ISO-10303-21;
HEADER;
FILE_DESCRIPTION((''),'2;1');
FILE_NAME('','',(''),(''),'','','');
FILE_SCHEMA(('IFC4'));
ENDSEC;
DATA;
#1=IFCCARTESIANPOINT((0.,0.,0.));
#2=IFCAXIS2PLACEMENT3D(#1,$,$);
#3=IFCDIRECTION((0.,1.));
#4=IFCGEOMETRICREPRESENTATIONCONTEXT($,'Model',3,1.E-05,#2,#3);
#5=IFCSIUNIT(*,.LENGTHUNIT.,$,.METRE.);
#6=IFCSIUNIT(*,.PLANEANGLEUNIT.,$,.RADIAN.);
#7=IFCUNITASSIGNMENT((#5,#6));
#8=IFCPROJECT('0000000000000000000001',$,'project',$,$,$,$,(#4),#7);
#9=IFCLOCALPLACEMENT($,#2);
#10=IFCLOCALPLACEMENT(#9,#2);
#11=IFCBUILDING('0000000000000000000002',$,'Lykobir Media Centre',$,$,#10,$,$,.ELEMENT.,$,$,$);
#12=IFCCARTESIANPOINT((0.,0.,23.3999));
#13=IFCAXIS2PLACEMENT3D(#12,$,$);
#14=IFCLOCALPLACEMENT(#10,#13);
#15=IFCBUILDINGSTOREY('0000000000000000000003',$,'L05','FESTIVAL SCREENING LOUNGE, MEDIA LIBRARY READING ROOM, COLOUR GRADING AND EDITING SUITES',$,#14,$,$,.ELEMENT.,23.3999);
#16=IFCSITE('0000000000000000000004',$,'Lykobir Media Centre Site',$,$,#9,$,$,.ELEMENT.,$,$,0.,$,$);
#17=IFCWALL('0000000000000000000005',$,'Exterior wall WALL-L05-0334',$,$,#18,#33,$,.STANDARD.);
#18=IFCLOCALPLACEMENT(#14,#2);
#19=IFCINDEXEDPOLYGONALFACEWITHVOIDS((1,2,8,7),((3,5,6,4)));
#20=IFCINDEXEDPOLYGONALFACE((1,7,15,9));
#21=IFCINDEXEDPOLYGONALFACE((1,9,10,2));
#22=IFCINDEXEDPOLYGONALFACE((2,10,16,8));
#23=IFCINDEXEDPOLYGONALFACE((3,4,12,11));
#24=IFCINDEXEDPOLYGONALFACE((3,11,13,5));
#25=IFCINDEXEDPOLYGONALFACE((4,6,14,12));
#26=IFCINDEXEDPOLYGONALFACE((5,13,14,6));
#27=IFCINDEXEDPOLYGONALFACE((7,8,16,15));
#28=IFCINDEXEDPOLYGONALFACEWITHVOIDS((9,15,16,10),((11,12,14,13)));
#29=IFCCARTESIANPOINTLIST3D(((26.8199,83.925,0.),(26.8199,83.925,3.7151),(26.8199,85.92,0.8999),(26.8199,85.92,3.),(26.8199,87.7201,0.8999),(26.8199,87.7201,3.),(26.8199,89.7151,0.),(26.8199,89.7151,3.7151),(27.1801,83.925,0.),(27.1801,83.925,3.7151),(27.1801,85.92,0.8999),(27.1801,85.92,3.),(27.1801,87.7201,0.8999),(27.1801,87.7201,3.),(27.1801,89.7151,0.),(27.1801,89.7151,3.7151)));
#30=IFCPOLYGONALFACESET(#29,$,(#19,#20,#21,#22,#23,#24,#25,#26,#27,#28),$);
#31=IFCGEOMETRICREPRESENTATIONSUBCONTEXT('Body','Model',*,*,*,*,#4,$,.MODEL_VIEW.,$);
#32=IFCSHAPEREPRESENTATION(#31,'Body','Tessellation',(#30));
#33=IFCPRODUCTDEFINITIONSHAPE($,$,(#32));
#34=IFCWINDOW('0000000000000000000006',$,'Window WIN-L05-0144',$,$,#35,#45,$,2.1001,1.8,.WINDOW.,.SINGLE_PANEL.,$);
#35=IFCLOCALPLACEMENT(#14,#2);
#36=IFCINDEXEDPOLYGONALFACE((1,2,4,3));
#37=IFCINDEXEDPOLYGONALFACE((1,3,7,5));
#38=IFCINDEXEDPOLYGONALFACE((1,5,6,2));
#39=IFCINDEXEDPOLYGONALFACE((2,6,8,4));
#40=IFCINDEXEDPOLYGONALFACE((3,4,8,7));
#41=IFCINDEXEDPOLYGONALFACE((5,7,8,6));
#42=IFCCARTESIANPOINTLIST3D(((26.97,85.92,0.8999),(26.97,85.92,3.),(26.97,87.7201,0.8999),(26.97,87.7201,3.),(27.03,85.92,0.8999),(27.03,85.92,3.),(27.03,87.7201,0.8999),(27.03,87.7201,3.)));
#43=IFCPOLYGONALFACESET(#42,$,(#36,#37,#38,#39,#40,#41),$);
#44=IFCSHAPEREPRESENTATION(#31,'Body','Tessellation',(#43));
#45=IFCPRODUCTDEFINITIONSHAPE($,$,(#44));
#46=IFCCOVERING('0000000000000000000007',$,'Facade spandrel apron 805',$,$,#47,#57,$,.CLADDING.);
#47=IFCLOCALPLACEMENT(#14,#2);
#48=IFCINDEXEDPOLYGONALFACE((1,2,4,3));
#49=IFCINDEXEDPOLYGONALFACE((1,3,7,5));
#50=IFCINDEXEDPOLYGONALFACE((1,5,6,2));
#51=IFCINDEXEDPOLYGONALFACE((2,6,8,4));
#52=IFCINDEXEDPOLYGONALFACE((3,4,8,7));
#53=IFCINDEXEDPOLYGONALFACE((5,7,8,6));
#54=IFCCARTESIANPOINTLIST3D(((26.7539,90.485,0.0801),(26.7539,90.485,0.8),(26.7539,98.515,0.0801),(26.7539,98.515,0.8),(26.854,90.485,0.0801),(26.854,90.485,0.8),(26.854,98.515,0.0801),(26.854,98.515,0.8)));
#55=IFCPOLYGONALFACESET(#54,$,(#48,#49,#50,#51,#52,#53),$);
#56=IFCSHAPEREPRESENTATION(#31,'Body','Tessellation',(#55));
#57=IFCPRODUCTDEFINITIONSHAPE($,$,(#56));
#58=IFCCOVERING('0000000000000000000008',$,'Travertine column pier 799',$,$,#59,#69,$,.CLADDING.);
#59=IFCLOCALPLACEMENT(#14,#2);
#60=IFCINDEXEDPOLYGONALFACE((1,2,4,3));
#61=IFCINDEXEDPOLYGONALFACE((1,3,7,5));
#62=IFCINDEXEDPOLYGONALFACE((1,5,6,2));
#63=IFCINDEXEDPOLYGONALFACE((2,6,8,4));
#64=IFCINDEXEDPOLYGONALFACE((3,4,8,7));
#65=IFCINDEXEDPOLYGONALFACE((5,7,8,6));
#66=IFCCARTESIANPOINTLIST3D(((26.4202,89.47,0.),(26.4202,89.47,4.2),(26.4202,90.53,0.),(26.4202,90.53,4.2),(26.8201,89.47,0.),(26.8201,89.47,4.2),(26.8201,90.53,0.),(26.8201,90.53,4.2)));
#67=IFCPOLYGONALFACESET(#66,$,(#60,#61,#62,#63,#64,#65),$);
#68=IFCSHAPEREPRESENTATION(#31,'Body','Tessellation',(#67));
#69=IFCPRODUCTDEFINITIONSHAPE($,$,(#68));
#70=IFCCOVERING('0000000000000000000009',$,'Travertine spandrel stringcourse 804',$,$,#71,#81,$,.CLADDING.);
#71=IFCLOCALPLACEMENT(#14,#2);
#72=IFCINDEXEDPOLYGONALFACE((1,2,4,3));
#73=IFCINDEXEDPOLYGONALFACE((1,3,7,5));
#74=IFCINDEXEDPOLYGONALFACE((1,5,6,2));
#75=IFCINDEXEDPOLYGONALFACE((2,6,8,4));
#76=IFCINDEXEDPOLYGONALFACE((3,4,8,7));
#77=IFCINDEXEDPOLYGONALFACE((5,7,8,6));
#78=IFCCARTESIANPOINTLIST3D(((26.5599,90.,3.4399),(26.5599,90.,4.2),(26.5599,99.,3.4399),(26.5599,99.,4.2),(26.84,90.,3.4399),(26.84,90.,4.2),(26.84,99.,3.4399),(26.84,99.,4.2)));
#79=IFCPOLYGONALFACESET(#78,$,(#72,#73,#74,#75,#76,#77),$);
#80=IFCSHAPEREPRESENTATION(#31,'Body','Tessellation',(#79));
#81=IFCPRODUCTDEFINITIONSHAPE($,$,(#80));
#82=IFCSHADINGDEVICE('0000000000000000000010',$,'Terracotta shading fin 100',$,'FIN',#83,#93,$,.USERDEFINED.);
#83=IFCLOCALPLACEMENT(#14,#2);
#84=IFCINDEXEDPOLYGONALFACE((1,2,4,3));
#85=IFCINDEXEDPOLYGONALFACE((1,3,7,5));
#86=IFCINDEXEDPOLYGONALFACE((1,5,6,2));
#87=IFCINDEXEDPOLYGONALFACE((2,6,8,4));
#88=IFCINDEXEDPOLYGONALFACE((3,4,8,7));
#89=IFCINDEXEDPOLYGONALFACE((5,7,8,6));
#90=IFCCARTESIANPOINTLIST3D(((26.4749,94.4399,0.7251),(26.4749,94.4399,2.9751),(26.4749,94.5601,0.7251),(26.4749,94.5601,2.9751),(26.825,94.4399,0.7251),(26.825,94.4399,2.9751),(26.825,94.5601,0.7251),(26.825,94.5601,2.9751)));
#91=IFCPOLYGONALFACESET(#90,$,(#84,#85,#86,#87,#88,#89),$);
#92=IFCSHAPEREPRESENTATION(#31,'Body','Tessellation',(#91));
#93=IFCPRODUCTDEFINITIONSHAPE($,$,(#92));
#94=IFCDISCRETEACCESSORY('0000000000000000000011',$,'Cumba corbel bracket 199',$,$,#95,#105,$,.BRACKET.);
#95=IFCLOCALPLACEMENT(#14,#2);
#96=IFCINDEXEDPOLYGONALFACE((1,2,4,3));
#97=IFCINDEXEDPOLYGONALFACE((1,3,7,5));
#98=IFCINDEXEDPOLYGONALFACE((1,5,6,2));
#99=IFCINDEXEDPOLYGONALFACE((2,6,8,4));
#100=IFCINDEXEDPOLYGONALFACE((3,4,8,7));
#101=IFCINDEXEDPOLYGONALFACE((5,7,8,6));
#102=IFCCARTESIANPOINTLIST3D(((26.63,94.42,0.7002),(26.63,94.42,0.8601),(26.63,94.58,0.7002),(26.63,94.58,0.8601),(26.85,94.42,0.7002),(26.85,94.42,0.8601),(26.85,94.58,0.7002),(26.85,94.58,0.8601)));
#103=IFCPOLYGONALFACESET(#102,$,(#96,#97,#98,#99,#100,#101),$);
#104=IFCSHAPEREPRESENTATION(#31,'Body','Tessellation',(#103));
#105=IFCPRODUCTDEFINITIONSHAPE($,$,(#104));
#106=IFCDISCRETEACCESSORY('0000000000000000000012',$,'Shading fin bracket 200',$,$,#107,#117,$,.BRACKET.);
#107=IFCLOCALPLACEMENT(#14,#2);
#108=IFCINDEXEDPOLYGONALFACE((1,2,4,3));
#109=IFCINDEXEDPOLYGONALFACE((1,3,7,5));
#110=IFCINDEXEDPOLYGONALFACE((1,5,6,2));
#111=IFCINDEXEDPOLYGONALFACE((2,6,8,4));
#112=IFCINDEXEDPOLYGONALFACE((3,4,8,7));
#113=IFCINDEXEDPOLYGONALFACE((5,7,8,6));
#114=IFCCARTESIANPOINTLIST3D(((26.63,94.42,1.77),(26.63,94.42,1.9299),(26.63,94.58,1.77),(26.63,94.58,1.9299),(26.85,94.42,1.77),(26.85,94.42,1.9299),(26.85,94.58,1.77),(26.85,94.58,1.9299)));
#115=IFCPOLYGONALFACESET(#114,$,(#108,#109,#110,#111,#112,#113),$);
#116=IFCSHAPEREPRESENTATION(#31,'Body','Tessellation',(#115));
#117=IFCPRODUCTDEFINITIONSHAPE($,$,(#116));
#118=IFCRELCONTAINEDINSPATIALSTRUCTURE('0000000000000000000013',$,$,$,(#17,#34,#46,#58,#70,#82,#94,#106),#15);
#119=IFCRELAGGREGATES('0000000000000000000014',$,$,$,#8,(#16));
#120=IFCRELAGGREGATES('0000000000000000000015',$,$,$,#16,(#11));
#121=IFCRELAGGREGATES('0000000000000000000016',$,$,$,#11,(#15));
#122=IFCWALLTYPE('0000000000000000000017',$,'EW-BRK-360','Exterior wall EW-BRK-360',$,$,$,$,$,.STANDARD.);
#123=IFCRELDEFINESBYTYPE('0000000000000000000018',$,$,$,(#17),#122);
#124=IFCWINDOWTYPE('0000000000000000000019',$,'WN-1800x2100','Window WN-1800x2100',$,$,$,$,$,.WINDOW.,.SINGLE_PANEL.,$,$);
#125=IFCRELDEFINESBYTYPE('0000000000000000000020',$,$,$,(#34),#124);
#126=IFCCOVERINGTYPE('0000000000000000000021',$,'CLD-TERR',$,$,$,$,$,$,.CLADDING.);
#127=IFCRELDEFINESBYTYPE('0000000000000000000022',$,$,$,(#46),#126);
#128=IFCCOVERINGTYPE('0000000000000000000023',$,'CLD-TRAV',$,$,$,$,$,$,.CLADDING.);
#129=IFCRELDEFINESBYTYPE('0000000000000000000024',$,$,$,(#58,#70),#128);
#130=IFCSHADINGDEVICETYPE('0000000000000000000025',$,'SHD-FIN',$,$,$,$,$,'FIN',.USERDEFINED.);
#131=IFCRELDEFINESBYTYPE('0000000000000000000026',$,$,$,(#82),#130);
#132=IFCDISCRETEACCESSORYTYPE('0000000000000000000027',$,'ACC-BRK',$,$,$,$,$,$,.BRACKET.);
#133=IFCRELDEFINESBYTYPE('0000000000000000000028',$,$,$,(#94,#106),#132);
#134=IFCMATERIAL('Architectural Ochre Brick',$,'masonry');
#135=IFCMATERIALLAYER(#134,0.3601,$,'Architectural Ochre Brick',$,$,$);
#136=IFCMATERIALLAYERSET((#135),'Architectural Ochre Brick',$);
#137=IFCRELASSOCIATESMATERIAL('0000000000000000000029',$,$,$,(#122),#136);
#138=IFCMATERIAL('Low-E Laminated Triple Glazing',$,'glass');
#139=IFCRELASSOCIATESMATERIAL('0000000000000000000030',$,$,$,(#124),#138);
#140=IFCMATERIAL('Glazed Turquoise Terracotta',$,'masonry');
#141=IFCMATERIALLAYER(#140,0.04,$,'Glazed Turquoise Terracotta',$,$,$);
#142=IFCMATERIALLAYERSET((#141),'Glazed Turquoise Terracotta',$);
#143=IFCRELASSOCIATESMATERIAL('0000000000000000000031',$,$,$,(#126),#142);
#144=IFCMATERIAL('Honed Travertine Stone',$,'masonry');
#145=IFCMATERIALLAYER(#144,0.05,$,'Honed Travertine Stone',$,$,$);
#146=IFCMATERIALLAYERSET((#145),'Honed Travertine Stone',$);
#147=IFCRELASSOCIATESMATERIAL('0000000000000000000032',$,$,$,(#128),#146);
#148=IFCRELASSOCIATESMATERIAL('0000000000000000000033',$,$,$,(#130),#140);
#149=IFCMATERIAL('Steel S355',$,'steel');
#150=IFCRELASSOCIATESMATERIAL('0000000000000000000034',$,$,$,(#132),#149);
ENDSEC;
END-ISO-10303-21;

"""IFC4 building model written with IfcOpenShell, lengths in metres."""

from ifc_helpers import new_model, si_unit, direction, frame, frame_2d, origin, origin_2d, place, context, subcontext, project, spatial, rectangle, extrude, material, layer, layer_set, type_object, element, fill, save


model = new_model("IFC4")

# Units and contexts
model_context = context("Model", 3, precision=1e-05, world=origin(), true_north=direction((0.0, 1.0)))
body_context = subcontext(model_context, "Body", "Model", "MODEL_VIEW")
ifc_project = project(units=[si_unit("LENGTHUNIT", "METRE"), si_unit("PLANEANGLEUNIT", "RADIAN")], contexts=[model_context])

# Site, building, storey
site_placement = place(None, origin())
site = spatial("IfcSite", under=ifc_project, at=site_placement, Name="Lykobir Media Centre Site", CompositionType="ELEMENT", RefElevation=0.0)
building_placement = place(site_placement, origin())
building = spatial("IfcBuilding", under=site, at=building_placement, Name="Lykobir Media Centre", CompositionType="ELEMENT")
storey_placement = place(building_placement, frame((0.0, 0.0, 23.3999)))
storey = spatial("IfcBuildingStorey", under=building, at=storey_placement, Name="L05", Description="FESTIVAL SCREENING LOUNGE, MEDIA LIBRARY READING ROOM, COLOUR GRADING AND EDITING SUITES", CompositionType="ELEMENT", Elevation=23.3999)

# Shared definitions
ifc_material_1 = material(Name="Steel S355", Category="steel")

# Shared definitions
ifc_material_2 = material(Name="Low-E Laminated Triple Glazing", Category="glass")

# Wall, opening, window
ifc_material_3 = material(Name="Architectural Ochre Brick", Category="masonry")
ifc_layer_1 = layer(ifc_material_3, 0.3601, Name="Architectural Ochre Brick")
ifc_layer_set_1 = layer_set([ifc_layer_1], Name="Architectural Ochre Brick")
wall_type = type_object("IfcWallType", Name="EW-BRK-360", Description="Exterior wall EW-BRK-360", PredefinedType="STANDARD", material=ifc_layer_set_1)
wall_placement = place(storey_placement, frame((27.0, 89.7151, 0.0), z_axis=(0.0, 0.0, 1.0), x_axis=(0.0, -1.0, 0.0)))
wall = element("IfcWall", 1, at=wall_placement, inside=storey, type_object=wall_type, Name="Exterior wall WALL-L05-0334", PredefinedType="STANDARD", context=body_context, shape_type="SweptSolid", body=[
    extrude(rectangle(XDim=5.79, YDim=0.3601, at=frame_2d((2.895, 0.0))), origin(), (0.0, 0.0, 1.0), 3.7151),
])
opening_placement = place(wall_placement, frame((1.9951, 0.0, 0.8999)))
opening = element("IfcOpeningElement", 2, at=opening_placement, cuts=wall, PredefinedType="OPENING", context=body_context, shape_type="SweptSolid", body=[
    extrude(rectangle(XDim=1.8, YDim=2.1001, at=frame_2d((0.8999, 1.05))), frame((0.0, 0.1899, 0.0), z_axis=(0.0, -1.0, 0.0), x_axis=(1.0, 0.0, 0.0)), (0.0, 0.0, 1.0), 0.3801),
])
window_type = type_object("IfcWindowType", Name="WN-1800x2100", Description="Window WN-1800x2100", PartitioningType="SINGLE_PANEL", PredefinedType="WINDOW", material=ifc_material_2)
window_placement = place(opening_placement, origin())
window = element("IfcWindow", 3, at=window_placement, inside=storey, type_object=window_type, Name="Window WIN-L05-0144", OverallHeight=2.1001, OverallWidth=1.8, PartitioningType="SINGLE_PANEL", PredefinedType="WINDOW", context=body_context, shape_type="SweptSolid", body=[
    extrude(rectangle(XDim=1.8, YDim=2.1001, at=frame_2d((0.8999, 1.05))), frame((0.0, 0.03, 0.0), z_axis=(0.0, -1.0, 0.0), x_axis=(1.0, 0.0, 0.0)), (0.0, 0.0, 1.0), 0.0601),
])
fill(opening, window)

# Coverings
ifc_material_4 = material(Name="Glazed Turquoise Terracotta", Category="masonry")
ifc_layer_2 = layer(ifc_material_4, 0.04, Name="Glazed Turquoise Terracotta")
ifc_layer_set_2 = layer_set([ifc_layer_2], Name="Glazed Turquoise Terracotta")
covering_type_1 = type_object("IfcCoveringType", Name="CLD-TERR", PredefinedType="CLADDING", material=ifc_layer_set_2)
covering_1_placement = place(storey_placement, frame((26.804, 94.5, 0.0801), z_axis=(0.0, 0.0, 1.0), x_axis=(0.0, -1.0, 0.0)))
element("IfcCovering", 4, at=covering_1_placement, inside=storey, type_object=covering_type_1, Name="Facade spandrel apron 805", PredefinedType="CLADDING", context=body_context, shape_type="SweptSolid", body=[
    extrude(rectangle(XDim=8.03, YDim=0.1001, at=origin_2d()), origin(), (0.0, 0.0, 1.0), 0.72),
])
ifc_material_5 = material(Name="Honed Travertine Stone", Category="masonry")
ifc_layer_3 = layer(ifc_material_5, 0.05, Name="Honed Travertine Stone")
ifc_layer_set_3 = layer_set([ifc_layer_3], Name="Honed Travertine Stone")
covering_type_2 = type_object("IfcCoveringType", Name="CLD-TRAV", PredefinedType="CLADDING", material=ifc_layer_set_3)
covering_2_placement = place(storey_placement, frame((26.6201, 90.0, 0.0), z_axis=(0.0, 0.0, 1.0), x_axis=(0.0, -1.0, 0.0)))
element("IfcCovering", 5, at=covering_2_placement, inside=storey, type_object=covering_type_2, Name="Travertine column pier 799", PredefinedType="CLADDING", context=body_context, shape_type="SweptSolid", body=[
    extrude(rectangle(XDim=1.0601, YDim=0.3999, at=origin_2d()), origin(), (0.0, 0.0, 1.0), 4.2),
])
covering_3_placement = place(storey_placement, frame((26.7, 94.5, 3.4399), z_axis=(0.0, 0.0, 1.0), x_axis=(0.0, -1.0, 0.0)))
element("IfcCovering", 6, at=covering_3_placement, inside=storey, type_object=covering_type_2, Name="Travertine spandrel stringcourse 804", PredefinedType="CLADDING", context=body_context, shape_type="SweptSolid", body=[
    extrude(rectangle(XDim=9.0, YDim=0.28, at=origin_2d()), origin(), (0.0, 0.0, 1.0), 0.76),
])

# Shading device
shading_device_type = type_object("IfcShadingDeviceType", Name="SHD-FIN", ElementType="FIN", PredefinedType="USERDEFINED", material=ifc_material_4)
shading_device_placement = place(storey_placement, frame((26.6499, 94.5, 0.7251), z_axis=(0.0, 0.0, 1.0), x_axis=(0.0, -1.0, 0.0)))
element("IfcShadingDevice", 7, at=shading_device_placement, inside=storey, type_object=shading_device_type, Name="Terracotta shading fin 100", ObjectType="FIN", PredefinedType="USERDEFINED", context=body_context, shape_type="SweptSolid", body=[
    extrude(rectangle(XDim=0.1201, YDim=0.3501, at=origin_2d()), origin(), (0.0, 0.0, 1.0), 2.25),
])

# Discrete accessories
discrete_accessory_type = type_object("IfcDiscreteAccessoryType", Name="ACC-BRK", PredefinedType="BRACKET", material=ifc_material_1)
for number, where, z_axis, x_axis, name in (
    (8, (26.74, 94.5, 0.7002), (0.0, 0.0, 1.0), (0.0, -1.0, 0.0), "Cumba corbel bracket 199"),
    (9, (26.74, 94.5, 1.77), (0.0, 0.0, 1.0), (0.0, -1.0, 0.0), "Shading fin bracket 200"),
):
    element("IfcDiscreteAccessory", number, at=place(storey_placement, frame(where, z_axis=z_axis, x_axis=x_axis)), inside=storey, type_object=discrete_accessory_type, Name=name, PredefinedType="BRACKET", context=body_context, shape_type="SweptSolid", body=[
        extrude(rectangle(XDim=0.1599, YDim=0.22, at=origin_2d()), origin(), (0.0, 0.0, 1.0), 0.1599),
    ])

save(model, "model.ifc")
